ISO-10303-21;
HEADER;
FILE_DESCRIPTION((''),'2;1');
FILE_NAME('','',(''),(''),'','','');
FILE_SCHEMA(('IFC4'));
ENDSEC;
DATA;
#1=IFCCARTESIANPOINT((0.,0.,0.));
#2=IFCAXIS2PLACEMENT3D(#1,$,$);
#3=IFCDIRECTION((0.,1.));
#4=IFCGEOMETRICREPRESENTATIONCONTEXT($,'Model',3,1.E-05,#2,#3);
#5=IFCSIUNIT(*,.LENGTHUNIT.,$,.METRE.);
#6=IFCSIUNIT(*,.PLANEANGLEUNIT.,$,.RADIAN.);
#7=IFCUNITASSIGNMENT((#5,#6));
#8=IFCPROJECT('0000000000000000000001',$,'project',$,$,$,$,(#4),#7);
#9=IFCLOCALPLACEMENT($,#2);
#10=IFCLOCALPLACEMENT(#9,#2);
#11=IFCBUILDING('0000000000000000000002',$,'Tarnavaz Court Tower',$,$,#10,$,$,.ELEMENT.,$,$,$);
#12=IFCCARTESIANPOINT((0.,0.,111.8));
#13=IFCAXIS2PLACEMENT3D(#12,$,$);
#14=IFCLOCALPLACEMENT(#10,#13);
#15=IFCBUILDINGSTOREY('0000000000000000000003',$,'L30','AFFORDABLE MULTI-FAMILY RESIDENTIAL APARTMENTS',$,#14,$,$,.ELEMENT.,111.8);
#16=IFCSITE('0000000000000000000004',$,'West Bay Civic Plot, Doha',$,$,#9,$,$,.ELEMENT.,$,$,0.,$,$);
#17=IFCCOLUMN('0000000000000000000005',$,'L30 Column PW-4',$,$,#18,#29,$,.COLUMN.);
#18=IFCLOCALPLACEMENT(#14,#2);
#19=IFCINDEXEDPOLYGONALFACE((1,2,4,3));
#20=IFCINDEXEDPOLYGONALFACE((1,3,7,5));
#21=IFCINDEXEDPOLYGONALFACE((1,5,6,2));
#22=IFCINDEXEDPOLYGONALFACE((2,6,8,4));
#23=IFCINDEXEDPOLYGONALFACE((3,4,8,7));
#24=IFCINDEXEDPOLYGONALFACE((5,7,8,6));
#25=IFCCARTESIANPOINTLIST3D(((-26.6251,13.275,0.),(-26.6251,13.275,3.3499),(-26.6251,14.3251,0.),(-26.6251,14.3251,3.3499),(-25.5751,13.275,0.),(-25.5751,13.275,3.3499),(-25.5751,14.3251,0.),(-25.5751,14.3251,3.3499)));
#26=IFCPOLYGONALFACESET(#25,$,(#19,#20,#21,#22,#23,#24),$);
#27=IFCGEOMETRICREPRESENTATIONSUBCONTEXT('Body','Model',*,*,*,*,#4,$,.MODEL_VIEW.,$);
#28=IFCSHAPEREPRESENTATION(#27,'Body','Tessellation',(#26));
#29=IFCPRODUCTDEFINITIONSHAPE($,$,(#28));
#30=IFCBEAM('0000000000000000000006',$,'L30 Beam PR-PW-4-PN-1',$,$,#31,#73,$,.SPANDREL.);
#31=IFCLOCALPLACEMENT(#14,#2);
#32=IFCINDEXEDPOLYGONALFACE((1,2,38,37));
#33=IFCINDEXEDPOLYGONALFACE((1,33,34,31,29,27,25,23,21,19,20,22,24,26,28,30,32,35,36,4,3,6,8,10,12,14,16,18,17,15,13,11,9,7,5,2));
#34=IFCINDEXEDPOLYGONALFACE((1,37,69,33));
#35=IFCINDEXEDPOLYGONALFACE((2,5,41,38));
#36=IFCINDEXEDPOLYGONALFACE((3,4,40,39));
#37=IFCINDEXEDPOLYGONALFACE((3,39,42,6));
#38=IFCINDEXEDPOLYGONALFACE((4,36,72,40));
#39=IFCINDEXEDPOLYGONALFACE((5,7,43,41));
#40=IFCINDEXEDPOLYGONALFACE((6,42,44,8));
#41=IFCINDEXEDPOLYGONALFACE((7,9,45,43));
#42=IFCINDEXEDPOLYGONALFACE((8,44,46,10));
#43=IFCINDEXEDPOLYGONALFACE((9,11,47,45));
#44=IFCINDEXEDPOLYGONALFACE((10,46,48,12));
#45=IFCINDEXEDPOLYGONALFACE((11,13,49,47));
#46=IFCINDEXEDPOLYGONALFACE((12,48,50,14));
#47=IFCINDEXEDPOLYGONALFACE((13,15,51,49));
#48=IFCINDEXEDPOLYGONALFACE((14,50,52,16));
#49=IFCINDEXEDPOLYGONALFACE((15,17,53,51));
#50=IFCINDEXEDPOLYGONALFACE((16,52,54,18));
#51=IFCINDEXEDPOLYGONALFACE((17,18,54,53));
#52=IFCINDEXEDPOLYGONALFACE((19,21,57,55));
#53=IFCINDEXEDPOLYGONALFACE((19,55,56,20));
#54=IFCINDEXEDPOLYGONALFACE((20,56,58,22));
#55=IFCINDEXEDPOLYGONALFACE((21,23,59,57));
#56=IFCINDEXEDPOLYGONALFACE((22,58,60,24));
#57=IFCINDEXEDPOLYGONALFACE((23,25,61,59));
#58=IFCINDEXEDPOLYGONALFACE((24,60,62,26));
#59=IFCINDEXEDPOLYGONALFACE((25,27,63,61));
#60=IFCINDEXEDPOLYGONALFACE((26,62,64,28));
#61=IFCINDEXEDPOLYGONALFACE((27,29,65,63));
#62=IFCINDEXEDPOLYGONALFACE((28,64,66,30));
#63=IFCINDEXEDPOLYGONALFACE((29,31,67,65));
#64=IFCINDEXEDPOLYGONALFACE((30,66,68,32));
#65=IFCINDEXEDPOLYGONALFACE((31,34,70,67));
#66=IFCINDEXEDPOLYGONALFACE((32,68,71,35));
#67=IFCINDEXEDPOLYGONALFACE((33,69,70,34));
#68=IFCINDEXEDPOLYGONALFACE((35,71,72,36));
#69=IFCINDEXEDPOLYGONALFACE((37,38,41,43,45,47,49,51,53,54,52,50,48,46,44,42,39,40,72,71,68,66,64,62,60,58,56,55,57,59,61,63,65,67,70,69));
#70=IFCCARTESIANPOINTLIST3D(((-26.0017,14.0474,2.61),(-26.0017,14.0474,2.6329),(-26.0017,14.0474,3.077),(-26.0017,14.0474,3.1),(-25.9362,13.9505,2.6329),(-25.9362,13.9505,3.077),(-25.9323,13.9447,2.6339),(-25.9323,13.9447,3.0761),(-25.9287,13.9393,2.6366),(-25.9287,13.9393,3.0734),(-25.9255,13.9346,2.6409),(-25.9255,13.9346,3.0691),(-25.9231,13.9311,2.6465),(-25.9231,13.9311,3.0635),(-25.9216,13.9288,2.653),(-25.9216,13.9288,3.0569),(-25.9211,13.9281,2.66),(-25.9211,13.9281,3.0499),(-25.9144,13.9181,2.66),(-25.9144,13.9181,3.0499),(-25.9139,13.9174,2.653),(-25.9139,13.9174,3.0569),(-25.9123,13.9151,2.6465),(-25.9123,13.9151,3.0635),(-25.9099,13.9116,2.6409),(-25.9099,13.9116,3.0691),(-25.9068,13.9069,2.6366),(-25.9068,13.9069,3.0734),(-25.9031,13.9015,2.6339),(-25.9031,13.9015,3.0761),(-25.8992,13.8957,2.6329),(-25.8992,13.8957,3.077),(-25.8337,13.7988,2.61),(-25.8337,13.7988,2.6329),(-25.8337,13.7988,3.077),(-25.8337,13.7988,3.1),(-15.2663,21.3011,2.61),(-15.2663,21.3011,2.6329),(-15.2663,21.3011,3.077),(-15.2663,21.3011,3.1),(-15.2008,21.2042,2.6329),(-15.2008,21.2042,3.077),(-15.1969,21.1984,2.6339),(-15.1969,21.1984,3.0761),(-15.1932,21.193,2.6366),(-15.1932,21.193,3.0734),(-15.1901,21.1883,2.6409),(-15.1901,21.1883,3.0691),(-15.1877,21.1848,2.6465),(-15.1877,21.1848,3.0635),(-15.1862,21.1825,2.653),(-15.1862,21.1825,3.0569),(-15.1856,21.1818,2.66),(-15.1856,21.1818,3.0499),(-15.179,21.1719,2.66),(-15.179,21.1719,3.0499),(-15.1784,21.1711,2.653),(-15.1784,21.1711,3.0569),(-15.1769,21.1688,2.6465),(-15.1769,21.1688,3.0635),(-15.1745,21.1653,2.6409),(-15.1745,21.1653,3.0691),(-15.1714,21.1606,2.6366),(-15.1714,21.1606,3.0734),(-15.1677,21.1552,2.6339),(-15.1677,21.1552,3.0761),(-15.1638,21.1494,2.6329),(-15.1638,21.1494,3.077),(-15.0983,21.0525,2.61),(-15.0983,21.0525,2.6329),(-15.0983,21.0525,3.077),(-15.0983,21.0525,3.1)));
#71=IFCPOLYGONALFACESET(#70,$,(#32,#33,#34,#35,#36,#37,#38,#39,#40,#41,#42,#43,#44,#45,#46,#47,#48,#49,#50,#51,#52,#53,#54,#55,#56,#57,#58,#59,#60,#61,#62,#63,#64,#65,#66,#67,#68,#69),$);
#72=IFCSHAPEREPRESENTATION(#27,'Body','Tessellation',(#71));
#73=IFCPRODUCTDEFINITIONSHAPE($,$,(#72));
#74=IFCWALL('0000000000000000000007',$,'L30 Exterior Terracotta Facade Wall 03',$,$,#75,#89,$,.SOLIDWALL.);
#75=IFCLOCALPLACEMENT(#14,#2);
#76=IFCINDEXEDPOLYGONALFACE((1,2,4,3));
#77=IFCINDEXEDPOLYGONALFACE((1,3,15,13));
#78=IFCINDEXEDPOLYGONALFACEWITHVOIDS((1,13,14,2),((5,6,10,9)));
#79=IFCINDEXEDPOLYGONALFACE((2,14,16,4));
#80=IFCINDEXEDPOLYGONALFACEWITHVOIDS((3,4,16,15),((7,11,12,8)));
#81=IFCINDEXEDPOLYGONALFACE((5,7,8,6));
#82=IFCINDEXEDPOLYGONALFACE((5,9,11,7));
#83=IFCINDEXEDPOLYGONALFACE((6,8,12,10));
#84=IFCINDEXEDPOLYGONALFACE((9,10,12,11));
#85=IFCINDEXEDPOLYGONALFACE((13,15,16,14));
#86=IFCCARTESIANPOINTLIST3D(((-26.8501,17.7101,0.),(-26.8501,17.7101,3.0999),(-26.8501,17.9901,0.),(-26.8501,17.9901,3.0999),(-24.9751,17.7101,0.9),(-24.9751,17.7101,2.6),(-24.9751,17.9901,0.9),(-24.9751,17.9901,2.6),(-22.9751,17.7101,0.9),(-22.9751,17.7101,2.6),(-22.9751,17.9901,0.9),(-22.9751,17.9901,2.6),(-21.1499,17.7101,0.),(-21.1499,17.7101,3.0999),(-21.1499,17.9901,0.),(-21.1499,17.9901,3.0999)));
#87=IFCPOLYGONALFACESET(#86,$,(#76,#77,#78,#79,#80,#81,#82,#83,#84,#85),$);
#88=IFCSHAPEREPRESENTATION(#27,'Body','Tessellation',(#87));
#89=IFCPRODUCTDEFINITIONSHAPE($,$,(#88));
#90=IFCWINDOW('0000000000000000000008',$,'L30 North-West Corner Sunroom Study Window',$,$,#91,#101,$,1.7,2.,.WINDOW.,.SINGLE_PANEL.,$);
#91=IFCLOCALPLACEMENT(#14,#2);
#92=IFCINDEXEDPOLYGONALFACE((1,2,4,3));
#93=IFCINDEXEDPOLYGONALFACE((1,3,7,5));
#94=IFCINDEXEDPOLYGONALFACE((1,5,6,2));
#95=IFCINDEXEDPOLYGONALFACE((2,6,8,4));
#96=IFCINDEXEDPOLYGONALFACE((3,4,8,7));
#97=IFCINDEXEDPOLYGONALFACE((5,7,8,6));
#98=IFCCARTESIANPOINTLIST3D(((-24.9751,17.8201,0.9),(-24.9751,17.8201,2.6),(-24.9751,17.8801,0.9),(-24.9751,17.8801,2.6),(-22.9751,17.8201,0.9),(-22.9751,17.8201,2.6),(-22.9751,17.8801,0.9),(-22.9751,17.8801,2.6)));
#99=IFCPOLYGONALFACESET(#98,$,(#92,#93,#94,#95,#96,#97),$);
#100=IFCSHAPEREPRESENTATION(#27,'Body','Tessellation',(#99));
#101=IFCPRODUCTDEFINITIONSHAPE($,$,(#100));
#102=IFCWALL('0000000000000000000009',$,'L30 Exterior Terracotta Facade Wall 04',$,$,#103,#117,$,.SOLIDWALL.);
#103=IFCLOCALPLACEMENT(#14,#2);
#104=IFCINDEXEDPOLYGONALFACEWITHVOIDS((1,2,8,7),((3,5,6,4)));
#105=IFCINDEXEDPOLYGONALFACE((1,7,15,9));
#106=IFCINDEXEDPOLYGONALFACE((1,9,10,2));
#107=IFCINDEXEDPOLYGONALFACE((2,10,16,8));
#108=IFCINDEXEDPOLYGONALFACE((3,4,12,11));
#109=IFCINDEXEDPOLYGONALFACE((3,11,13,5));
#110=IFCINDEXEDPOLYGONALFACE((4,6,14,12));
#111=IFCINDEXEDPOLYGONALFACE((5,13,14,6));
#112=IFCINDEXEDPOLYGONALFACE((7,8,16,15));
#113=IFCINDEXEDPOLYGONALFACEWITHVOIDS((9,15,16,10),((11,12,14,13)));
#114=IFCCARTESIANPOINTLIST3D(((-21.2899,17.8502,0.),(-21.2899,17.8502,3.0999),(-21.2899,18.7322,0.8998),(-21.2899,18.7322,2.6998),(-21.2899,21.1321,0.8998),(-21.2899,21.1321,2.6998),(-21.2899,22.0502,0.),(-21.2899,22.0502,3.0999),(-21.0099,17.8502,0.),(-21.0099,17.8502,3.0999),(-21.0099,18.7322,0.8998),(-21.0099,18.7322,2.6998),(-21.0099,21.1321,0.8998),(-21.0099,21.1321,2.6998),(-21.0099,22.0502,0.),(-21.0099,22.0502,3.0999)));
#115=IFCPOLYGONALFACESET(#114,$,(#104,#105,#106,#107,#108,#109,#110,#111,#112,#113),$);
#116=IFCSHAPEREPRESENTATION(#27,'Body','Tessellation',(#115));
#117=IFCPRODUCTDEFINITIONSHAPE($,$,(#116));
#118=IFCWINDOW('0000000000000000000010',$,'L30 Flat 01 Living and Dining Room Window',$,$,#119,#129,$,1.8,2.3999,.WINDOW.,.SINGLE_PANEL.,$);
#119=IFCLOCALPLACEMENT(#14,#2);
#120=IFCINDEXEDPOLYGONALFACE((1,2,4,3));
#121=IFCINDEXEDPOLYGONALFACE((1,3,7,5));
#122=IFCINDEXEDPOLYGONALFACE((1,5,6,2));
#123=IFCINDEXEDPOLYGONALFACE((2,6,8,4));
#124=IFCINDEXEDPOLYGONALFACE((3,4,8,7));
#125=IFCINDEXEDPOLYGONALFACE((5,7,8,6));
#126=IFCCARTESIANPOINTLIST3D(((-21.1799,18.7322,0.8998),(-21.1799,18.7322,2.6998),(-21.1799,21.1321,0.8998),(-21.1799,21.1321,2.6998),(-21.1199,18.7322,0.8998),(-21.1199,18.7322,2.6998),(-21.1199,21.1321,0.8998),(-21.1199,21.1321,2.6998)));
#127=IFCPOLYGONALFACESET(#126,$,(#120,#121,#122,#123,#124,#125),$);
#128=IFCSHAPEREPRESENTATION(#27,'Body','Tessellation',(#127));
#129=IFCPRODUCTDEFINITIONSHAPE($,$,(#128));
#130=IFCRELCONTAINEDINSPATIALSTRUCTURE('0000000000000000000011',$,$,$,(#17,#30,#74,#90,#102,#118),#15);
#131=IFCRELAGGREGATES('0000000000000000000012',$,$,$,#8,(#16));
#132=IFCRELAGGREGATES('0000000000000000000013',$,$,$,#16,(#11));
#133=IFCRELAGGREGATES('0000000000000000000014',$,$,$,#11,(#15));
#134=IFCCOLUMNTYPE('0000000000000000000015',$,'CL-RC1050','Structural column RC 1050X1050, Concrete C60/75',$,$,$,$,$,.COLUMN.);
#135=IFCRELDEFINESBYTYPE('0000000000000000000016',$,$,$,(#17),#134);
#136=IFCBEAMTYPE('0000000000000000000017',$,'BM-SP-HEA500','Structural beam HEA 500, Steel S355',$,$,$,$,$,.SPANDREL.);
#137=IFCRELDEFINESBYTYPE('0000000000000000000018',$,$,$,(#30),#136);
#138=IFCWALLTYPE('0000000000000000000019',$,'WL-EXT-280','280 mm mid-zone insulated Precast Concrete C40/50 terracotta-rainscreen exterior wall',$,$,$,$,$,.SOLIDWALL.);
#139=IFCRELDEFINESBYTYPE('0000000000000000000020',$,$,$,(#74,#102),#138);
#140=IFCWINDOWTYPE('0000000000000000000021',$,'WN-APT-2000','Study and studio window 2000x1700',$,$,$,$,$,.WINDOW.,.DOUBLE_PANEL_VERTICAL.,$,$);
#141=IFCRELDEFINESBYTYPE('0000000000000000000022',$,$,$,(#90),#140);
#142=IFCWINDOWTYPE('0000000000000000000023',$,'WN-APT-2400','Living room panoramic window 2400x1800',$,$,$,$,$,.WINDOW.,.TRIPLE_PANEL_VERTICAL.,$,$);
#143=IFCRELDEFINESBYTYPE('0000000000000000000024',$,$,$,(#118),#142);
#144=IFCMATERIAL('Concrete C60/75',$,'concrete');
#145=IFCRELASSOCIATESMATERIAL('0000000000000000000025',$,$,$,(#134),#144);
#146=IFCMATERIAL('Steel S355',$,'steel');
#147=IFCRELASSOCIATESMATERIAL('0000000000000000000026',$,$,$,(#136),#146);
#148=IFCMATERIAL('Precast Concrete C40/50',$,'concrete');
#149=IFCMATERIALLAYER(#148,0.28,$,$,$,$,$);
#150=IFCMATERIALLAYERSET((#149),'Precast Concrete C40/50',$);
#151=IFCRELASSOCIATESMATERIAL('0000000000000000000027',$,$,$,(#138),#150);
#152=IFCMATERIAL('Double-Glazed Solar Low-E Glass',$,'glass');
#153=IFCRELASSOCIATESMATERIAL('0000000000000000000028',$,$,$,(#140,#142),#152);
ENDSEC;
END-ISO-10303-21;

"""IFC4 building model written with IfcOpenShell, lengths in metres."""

from ifc_helpers import new_model, si_unit, direction, frame, frame_2d, origin, origin_2d, place, context, subcontext, project, spatial, rectangle, i_section, extrude, material, layer, layer_set, material_profile, profile_set, type_object, element, fill, save


model = new_model("IFC4")

# Units and contexts
model_context = context("Model", 3, precision=1e-05, world=origin(), true_north=direction((0.0, 1.0)))
body_context = subcontext(model_context, "Body", "Model", "MODEL_VIEW")
ifc_project = project(units=[si_unit("LENGTHUNIT", "METRE"), si_unit("PLANEANGLEUNIT", "RADIAN")], contexts=[model_context])

# Site, building, storey
site_placement = place(None, origin())
site = spatial("IfcSite", under=ifc_project, at=site_placement, Name="West Bay Civic Plot, Doha", CompositionType="ELEMENT", RefElevation=0.0)
building_placement = place(site_placement, origin())
building = spatial("IfcBuilding", under=site, at=building_placement, Name="Tarnavaz Court Tower", CompositionType="ELEMENT")
storey_placement = place(building_placement, frame((0.0, 0.0, 111.8)))
storey = spatial("IfcBuildingStorey", under=building, at=storey_placement, Name="L30", Description="AFFORDABLE MULTI-FAMILY RESIDENTIAL APARTMENTS", CompositionType="ELEMENT", Elevation=111.8)

# Column
ifc_material_1 = material(Name="Concrete C60/75", Category="concrete")
ifc_material_profile_1 = material_profile(ifc_material_1, rectangle(XDim=1.05, YDim=1.05, at=origin_2d()), Name="RC 1050X1050")
ifc_profile_set_1 = profile_set([ifc_material_profile_1], Name="Concrete C60/75")
column_type = type_object("IfcColumnType", Name="CL-RC1050", Description="Structural column RC 1050X1050, Concrete C60/75", PredefinedType="COLUMN", material=ifc_profile_set_1)
column_placement = place(storey_placement, frame((-26.1001, 13.8, 0.0), z_axis=(0.0, 0.0, 1.0), x_axis=(1.0, 0.0, 0.0)))
element("IfcColumn", 1, at=column_placement, inside=storey, type_object=column_type, Name="L30 Column PW-4", PredefinedType="COLUMN", context=body_context, shape_type="SweptSolid", body=[
    extrude(rectangle(XDim=1.05, YDim=1.05, at=origin_2d()), origin(), (0.0, 0.0, 1.0), 3.3499),
])

# Beam
ifc_material_2 = material(Name="Steel S355", Category="steel")
ifc_material_profile_2 = material_profile(ifc_material_2, i_section(OverallWidth=0.3, OverallDepth=0.49, WebThickness=0.012, FlangeThickness=0.0229, FilletRadius=0.0271, at=origin_2d()), Name="HEA 500")
ifc_profile_set_2 = profile_set([ifc_material_profile_2], Name="Steel S355")
beam_type = type_object("IfcBeamType", Name="BM-SP-HEA500", Description="Structural beam HEA 500, Steel S355", PredefinedType="SPANDREL", material=ifc_profile_set_2)
beam_placement = place(storey_placement, frame((-25.9177, 13.9231, 2.855), z_axis=(0.828587, 0.55986, 0.0), x_axis=(-0.55986, 0.828587, 0.0)))
element("IfcBeam", 2, at=beam_placement, inside=storey, type_object=beam_type, Name="L30 Beam PR-PW-4-PN-1", PredefinedType="SPANDREL", context=body_context, shape_type="SweptSolid", body=[
    extrude(i_section(OverallWidth=0.3, OverallDepth=0.49, WebThickness=0.012, FlangeThickness=0.0229, FilletRadius=0.0271, at=origin_2d()), origin(), (0.0, 0.0, 1.0), 12.9563),
])

# Walls, openings, windows
ifc_material_3 = material(Name="Precast Concrete C40/50", Category="concrete")
ifc_layer_1 = layer(ifc_material_3, 0.28)
ifc_layer_set_1 = layer_set([ifc_layer_1], Name="Precast Concrete C40/50")
wall_type_1 = type_object("IfcWallType", Name="WL-EXT-280", Description="280 mm mid-zone insulated Precast Concrete C40/50 terracotta-rainscreen exterior wall", PredefinedType="SOLIDWALL", material=ifc_layer_set_1)
wall_1_placement = place(storey_placement, frame((-26.8501, 17.8501, 0.0), z_axis=(0.0, 0.0, 1.0), x_axis=(1.0, 0.0, 0.0)))
wall_1 = element("IfcWall", 3, at=wall_1_placement, inside=storey, type_object=wall_type_1, Name="L30 Exterior Terracotta Facade Wall 03", PredefinedType="SOLIDWALL", context=body_context, shape_type="SweptSolid", body=[
    extrude(rectangle(XDim=5.7002, YDim=0.28, at=frame_2d((2.8501, 0.0))), origin(), (0.0, 0.0, 1.0), 3.0999),
])
opening_1_placement = place(wall_1_placement, frame((1.875, 0.0, 0.8999)))
opening_1 = element("IfcOpeningElement", 4, at=opening_1_placement, cuts=wall_1, PredefinedType="OPENING", context=body_context, shape_type="SweptSolid", body=[
    extrude(rectangle(XDim=2.0, YDim=1.7, at=frame_2d((1.0, 0.8501))), frame((0.0, 0.1499, 0.0), z_axis=(0.0, -1.0, 0.0), x_axis=(1.0, 0.0, 0.0)), (0.0, 0.0, 1.0), 0.3),
])
ifc_material_4 = material(Name="Double-Glazed Solar Low-E Glass", Category="glass")
window_type_1 = type_object("IfcWindowType", Name="WN-APT-2000", Description="Study and studio window 2000x1700", PartitioningType="DOUBLE_PANEL_VERTICAL", PredefinedType="WINDOW", material=ifc_material_4)
window_1_placement = place(opening_1_placement, origin())
window_1 = element("IfcWindow", 5, at=window_1_placement, inside=storey, type_object=window_type_1, Name="L30 North-West Corner Sunroom Study Window", OverallHeight=1.7, OverallWidth=2.0, PartitioningType="SINGLE_PANEL", PredefinedType="WINDOW", context=body_context, shape_type="SweptSolid", body=[
    extrude(rectangle(XDim=2.0, YDim=1.7, at=frame_2d((1.0, 0.8501))), frame((0.0, 0.03, 0.0), z_axis=(0.0, -1.0, 0.0), x_axis=(1.0, 0.0, 0.0)), (0.0, 0.0, 1.0), 0.0601),
])
fill(opening_1, window_1)
wall_2_placement = place(storey_placement, frame((-21.1499, 17.8501, 0.0), z_axis=(0.0, 0.0, 1.0), x_axis=(0.0, 1.0, 0.0)))
wall_2 = element("IfcWall", 6, at=wall_2_placement, inside=storey, type_object=wall_type_1, Name="L30 Exterior Terracotta Facade Wall 04", PredefinedType="SOLIDWALL", context=body_context, shape_type="SweptSolid", body=[
    extrude(rectangle(XDim=4.2, YDim=0.28, at=frame_2d((2.1001, 0.0))), origin(), (0.0, 0.0, 1.0), 3.0999),
])
opening_2_placement = place(wall_2_placement, frame((0.8821, 0.0, 0.8999)))
opening_2 = element("IfcOpeningElement", 7, at=opening_2_placement, cuts=wall_2, PredefinedType="OPENING", context=body_context, shape_type="SweptSolid", body=[
    extrude(rectangle(XDim=2.3999, YDim=1.8, at=frame_2d((1.2, 0.8999))), frame((0.0, 0.1499, 0.0), z_axis=(0.0, -1.0, 0.0), x_axis=(1.0, 0.0, 0.0)), (0.0, 0.0, 1.0), 0.3),
])
window_type_2 = type_object("IfcWindowType", Name="WN-APT-2400", Description="Living room panoramic window 2400x1800", PartitioningType="TRIPLE_PANEL_VERTICAL", PredefinedType="WINDOW", material=ifc_material_4)
window_2_placement = place(opening_2_placement, origin())
window_2 = element("IfcWindow", 8, at=window_2_placement, inside=storey, type_object=window_type_2, Name="L30 Flat 01 Living and Dining Room Window", OverallHeight=1.8, OverallWidth=2.3999, PartitioningType="SINGLE_PANEL", PredefinedType="WINDOW", context=body_context, shape_type="SweptSolid", body=[
    extrude(rectangle(XDim=2.3999, YDim=1.8, at=frame_2d((1.2, 0.8999))), frame((0.0, 0.03, 0.0), z_axis=(0.0, -1.0, 0.0), x_axis=(1.0, 0.0, 0.0)), (0.0, 0.0, 1.0), 0.0601),
])
fill(opening_2, window_2)

save(model, "model.ifc")
